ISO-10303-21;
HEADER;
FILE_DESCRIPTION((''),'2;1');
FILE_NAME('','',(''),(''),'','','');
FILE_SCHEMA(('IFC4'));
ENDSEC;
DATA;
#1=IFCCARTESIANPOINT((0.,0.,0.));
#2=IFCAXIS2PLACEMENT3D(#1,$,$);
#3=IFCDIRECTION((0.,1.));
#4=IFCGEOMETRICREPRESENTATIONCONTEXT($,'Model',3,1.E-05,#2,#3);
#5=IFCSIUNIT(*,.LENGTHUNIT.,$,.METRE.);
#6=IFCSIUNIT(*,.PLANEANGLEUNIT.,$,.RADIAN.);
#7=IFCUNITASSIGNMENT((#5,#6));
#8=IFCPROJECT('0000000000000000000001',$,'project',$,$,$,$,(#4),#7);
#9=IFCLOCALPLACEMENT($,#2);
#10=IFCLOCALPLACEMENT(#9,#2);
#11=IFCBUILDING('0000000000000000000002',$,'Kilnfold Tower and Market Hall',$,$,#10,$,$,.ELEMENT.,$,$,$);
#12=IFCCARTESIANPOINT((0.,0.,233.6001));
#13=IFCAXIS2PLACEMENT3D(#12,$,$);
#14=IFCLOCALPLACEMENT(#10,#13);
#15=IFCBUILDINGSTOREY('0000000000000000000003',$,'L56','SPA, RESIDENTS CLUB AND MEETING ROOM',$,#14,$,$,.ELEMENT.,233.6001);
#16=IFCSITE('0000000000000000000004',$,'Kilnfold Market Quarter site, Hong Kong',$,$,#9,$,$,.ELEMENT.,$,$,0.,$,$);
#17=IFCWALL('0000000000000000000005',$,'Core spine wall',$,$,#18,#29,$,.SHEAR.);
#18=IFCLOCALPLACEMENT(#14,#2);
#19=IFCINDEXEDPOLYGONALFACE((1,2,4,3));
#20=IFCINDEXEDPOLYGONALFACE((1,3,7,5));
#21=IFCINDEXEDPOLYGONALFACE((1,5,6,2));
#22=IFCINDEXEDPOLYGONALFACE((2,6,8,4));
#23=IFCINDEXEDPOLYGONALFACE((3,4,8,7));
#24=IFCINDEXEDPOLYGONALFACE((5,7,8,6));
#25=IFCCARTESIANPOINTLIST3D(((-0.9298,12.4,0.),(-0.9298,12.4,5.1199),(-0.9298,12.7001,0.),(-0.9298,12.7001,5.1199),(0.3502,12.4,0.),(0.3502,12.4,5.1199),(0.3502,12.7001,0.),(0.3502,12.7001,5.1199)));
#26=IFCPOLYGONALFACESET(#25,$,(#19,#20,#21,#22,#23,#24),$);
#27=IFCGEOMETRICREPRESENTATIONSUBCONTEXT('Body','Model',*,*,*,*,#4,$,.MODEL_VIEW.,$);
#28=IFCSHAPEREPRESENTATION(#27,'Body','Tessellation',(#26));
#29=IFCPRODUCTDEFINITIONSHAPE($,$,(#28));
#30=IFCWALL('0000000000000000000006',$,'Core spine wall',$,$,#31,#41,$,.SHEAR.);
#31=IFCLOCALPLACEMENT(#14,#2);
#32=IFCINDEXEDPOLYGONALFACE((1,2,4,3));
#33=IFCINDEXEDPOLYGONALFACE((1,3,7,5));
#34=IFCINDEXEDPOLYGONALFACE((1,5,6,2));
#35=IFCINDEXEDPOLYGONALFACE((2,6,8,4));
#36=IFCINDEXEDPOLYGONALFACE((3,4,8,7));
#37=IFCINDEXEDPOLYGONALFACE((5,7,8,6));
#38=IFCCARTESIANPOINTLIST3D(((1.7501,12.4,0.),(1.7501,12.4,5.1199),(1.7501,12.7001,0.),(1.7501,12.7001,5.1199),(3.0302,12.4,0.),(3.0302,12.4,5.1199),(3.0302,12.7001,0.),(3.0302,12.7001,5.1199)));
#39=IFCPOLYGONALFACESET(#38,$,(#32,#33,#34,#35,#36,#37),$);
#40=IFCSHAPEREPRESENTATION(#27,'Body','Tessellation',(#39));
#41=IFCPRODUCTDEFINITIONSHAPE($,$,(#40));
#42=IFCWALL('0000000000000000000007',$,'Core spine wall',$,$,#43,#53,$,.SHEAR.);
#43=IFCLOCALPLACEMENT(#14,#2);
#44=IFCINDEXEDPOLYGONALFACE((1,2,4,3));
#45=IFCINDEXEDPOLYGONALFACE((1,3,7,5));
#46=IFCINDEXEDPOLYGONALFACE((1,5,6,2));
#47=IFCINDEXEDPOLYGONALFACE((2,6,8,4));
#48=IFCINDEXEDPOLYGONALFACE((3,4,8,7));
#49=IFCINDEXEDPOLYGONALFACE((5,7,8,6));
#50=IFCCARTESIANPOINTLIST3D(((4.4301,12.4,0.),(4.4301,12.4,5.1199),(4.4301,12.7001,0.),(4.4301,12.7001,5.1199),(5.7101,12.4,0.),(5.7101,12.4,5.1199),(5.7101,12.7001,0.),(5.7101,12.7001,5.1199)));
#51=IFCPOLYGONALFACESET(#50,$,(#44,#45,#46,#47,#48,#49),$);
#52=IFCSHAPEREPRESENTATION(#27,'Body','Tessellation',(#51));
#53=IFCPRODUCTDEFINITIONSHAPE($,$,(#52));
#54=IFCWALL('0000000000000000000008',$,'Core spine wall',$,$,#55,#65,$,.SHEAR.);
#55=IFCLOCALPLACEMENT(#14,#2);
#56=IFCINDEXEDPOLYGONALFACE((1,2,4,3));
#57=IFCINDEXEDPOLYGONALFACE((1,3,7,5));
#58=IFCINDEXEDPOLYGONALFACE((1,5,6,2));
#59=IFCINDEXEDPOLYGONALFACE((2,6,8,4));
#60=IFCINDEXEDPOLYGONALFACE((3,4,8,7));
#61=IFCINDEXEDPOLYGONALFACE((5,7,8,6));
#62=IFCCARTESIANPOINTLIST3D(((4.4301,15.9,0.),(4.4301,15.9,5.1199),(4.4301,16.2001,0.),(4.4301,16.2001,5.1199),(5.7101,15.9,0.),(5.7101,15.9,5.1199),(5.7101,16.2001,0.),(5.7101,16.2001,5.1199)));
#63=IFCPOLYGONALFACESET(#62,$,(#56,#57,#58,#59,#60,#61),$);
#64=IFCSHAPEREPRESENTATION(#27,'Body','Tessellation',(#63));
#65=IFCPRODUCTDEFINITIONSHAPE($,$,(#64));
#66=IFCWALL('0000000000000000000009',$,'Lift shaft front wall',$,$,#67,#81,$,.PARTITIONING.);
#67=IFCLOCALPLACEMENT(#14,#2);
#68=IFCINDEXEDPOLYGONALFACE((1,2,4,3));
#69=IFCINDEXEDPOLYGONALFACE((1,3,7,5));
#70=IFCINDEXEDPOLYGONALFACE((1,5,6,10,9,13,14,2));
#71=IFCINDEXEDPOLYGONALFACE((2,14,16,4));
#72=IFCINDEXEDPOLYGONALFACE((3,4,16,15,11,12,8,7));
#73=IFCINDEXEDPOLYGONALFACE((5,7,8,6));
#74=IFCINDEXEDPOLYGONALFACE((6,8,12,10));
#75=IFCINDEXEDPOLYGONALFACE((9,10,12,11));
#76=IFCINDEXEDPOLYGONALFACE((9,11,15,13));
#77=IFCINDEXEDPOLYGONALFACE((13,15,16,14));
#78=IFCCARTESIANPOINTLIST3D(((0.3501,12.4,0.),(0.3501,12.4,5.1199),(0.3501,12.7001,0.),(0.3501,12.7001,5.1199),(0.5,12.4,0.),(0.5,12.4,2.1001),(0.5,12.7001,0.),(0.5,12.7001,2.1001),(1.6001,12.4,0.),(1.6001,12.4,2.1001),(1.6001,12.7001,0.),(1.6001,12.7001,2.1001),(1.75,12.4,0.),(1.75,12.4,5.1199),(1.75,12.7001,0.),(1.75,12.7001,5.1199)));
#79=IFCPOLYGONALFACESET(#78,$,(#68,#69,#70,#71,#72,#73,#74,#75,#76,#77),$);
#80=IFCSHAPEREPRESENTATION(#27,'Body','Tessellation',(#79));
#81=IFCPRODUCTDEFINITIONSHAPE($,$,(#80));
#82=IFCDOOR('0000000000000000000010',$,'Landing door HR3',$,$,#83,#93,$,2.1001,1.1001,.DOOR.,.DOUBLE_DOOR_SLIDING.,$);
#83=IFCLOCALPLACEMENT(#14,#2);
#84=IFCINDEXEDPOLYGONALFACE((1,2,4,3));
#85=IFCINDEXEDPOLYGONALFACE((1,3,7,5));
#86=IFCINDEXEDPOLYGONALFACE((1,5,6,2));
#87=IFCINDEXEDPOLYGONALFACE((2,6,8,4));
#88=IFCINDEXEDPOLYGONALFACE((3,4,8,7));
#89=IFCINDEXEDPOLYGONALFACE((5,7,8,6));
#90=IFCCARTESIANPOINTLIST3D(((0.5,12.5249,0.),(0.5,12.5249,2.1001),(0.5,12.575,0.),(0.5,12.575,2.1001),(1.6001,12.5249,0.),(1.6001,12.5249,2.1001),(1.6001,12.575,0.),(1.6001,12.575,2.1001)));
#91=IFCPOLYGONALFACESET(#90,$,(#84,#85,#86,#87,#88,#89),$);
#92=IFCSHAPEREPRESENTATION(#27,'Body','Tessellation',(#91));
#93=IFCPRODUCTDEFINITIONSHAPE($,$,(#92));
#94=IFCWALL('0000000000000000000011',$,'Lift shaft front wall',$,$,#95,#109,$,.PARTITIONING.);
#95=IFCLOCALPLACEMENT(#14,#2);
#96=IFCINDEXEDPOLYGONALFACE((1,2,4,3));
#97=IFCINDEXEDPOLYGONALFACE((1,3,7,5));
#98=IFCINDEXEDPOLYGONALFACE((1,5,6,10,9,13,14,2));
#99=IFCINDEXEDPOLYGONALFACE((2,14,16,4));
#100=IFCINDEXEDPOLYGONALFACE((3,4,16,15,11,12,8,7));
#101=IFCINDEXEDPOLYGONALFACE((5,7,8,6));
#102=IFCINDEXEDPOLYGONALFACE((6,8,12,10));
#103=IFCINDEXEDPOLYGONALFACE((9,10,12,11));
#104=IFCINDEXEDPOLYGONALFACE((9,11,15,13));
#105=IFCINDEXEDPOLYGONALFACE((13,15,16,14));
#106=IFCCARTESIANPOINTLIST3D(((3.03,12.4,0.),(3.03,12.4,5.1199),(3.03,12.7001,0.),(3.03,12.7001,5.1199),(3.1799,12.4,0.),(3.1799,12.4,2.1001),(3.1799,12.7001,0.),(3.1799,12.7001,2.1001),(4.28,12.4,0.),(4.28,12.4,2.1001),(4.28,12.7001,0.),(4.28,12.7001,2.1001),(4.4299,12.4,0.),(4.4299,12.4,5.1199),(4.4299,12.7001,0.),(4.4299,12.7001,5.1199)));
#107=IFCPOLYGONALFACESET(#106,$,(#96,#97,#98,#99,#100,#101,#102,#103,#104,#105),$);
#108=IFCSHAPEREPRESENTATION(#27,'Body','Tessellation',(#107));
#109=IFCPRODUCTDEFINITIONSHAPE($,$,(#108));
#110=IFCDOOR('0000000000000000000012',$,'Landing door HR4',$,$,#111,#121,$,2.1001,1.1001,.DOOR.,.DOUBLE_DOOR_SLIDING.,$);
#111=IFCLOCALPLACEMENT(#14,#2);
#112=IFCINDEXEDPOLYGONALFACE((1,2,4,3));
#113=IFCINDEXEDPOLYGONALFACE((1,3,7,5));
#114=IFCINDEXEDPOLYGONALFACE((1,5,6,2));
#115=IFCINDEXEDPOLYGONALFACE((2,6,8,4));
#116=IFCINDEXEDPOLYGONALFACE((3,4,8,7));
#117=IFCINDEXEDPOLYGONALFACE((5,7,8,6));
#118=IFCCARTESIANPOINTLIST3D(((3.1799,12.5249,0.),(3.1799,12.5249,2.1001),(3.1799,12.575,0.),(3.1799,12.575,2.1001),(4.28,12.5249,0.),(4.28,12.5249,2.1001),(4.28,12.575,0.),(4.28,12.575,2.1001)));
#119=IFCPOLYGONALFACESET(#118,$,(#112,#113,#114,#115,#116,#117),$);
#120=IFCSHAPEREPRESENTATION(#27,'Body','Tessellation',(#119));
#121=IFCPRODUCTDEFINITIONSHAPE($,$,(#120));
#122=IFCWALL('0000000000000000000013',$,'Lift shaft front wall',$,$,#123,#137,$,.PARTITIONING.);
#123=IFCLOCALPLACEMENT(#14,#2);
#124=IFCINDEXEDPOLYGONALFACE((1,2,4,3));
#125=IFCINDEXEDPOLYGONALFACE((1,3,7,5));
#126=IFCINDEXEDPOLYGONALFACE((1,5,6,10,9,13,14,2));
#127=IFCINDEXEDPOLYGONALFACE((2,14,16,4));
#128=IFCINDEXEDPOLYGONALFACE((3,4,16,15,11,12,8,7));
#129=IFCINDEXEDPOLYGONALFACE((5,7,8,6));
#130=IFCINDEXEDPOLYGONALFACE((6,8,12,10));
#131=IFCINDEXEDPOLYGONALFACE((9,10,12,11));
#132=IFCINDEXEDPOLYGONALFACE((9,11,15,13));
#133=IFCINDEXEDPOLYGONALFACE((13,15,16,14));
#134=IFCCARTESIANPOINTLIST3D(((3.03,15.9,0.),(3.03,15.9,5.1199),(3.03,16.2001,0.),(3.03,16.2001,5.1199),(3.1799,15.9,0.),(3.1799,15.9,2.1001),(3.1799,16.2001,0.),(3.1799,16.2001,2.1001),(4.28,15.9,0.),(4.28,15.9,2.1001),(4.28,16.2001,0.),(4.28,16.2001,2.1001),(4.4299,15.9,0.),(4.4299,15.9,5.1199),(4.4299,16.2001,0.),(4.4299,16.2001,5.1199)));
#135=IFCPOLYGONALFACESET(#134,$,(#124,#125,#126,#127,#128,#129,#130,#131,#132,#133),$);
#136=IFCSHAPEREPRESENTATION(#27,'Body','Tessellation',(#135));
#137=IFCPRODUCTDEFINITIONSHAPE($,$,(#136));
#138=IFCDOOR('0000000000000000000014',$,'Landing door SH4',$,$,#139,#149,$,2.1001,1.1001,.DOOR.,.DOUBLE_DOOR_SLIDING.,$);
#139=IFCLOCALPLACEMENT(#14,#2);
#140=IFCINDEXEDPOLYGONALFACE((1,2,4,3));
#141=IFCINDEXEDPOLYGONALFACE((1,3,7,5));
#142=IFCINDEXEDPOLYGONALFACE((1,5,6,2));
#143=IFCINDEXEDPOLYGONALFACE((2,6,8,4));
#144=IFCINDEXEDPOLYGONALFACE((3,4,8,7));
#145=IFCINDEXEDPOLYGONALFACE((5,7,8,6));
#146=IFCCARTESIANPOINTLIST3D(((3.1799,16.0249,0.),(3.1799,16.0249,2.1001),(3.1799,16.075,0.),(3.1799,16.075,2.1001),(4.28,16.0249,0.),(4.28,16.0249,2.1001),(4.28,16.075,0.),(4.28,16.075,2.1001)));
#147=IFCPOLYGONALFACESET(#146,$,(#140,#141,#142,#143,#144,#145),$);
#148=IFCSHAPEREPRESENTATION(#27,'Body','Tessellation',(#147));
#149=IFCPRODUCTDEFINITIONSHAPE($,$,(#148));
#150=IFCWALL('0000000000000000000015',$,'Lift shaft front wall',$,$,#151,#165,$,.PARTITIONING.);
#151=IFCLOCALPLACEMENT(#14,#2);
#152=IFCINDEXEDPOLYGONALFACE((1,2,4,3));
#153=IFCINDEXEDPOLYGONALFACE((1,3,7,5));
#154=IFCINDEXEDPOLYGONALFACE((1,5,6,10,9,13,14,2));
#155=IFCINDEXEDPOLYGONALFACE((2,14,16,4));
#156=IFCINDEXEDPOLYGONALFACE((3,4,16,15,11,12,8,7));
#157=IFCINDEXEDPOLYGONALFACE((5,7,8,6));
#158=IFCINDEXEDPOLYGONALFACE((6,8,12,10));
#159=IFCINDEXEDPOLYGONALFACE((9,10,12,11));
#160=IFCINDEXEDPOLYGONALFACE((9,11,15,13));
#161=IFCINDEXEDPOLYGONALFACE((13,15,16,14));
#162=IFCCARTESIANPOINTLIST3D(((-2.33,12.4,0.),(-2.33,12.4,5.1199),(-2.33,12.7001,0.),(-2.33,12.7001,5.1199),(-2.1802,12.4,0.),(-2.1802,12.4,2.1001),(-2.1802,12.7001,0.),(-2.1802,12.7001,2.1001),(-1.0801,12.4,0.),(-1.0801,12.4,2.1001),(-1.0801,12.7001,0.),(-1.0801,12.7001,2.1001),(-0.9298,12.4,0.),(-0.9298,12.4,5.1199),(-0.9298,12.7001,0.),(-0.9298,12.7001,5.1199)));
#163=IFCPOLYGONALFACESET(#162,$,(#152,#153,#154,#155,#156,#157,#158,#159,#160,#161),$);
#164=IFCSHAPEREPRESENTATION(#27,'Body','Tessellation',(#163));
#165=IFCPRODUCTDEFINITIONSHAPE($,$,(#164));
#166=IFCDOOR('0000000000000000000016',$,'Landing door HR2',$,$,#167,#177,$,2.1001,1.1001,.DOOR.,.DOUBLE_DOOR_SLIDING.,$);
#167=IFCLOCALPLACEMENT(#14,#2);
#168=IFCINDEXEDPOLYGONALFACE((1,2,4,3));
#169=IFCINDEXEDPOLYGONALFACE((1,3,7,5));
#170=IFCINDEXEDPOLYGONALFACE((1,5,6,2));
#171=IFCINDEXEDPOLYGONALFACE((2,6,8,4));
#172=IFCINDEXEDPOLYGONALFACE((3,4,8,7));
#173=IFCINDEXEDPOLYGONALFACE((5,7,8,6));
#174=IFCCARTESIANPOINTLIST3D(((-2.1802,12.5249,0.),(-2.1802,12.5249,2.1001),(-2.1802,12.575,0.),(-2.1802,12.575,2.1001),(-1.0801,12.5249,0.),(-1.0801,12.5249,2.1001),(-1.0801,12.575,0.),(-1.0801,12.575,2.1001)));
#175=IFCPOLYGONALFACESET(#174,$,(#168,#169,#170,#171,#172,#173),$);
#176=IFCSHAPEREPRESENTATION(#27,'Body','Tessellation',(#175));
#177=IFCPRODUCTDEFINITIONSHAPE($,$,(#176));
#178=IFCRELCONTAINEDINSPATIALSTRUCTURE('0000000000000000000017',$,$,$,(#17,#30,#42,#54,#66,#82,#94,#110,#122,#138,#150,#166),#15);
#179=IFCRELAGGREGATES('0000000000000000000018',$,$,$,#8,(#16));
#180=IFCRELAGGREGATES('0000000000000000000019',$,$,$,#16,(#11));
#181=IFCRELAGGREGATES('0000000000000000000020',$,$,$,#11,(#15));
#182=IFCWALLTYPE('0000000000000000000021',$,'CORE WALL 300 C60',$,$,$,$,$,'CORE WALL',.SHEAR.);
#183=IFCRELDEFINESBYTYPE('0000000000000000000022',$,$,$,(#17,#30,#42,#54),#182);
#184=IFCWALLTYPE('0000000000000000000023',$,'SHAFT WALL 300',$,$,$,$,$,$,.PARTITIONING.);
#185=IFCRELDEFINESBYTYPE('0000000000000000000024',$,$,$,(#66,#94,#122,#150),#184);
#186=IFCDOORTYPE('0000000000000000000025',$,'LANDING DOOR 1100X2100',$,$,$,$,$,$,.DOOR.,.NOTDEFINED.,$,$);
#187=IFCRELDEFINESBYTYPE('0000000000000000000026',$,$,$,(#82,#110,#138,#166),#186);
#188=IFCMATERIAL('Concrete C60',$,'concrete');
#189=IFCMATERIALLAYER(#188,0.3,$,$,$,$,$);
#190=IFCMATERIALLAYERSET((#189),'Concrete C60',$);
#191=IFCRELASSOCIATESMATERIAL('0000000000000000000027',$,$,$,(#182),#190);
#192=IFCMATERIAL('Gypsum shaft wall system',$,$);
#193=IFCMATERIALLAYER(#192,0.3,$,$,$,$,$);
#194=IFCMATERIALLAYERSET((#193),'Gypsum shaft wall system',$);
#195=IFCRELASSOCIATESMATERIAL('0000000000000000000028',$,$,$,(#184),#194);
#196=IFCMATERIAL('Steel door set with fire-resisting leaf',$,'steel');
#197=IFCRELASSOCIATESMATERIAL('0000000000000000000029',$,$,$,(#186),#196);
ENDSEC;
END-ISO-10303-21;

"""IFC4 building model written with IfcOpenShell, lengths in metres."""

from ifc_helpers import new_model, si_unit, direction, frame, frame_2d, origin, place, context, subcontext, project, spatial, rectangle, extrude, source, transform, mapped, material, layer, layer_set, type_object, element, fill, save


model = new_model("IFC4")

# Units and contexts
model_context = context("Model", 3, precision=1e-05, world=origin(), true_north=direction((0.0, 1.0)))
body_context = subcontext(model_context, "Body", "Model", "MODEL_VIEW")
ifc_project = project(units=[si_unit("LENGTHUNIT", "METRE"), si_unit("PLANEANGLEUNIT", "RADIAN")], contexts=[model_context])

# Site, building, storey
site_placement = place(None, origin())
site = spatial("IfcSite", under=ifc_project, at=site_placement, Name="Kilnfold Market Quarter site, Hong Kong", CompositionType="ELEMENT", RefElevation=0.0)
building_placement = place(site_placement, origin())
building = spatial("IfcBuilding", under=site, at=building_placement, Name="Kilnfold Tower and Market Hall", CompositionType="ELEMENT")
storey_placement = place(building_placement, frame((0.0, 0.0, 233.6001)))
storey = spatial("IfcBuildingStorey", under=building, at=storey_placement, Name="L56", Description="SPA, RESIDENTS CLUB AND MEETING ROOM", CompositionType="ELEMENT", Elevation=233.6001)

# Walls
ifc_material_1 = material(Name="Concrete C60", Category="concrete")
ifc_layer_1 = layer(ifc_material_1, 0.3)
ifc_layer_set_1 = layer_set([ifc_layer_1], Name="Concrete C60")
wall_type_1 = type_object("IfcWallType", Name="CORE WALL 300 C60", ElementType="CORE WALL", PredefinedType="SHEAR", material=ifc_layer_set_1)
shared_shape_1 = source(origin(), body_context, "Body", "SweptSolid", [
    extrude(rectangle(XDim=1.28, YDim=0.3, at=frame_2d((0.6401, 0.0))), origin(), (0.0, 0.0, 1.0), 5.1199),
])
for number, where, z_axis, x_axis, name in (
    (1, (-0.9299, 12.55, 0.0), (0.0, 0.0, 1.0), (1.0, 0.0, 0.0), "Core spine wall"),
    (2, (1.75, 12.55, 0.0), (0.0, 0.0, 1.0), (1.0, 0.0, 0.0), "Core spine wall"),
    (3, (4.4299, 12.55, 0.0), (0.0, 0.0, 1.0), (1.0, 0.0, 0.0), "Core spine wall"),
    (4, (4.4299, 16.05, 0.0), (0.0, 0.0, 1.0), (1.0, 0.0, 0.0), "Core spine wall"),
):
    element("IfcWall", number, at=place(storey_placement, frame(where, z_axis=z_axis, x_axis=x_axis)), inside=storey, type_object=wall_type_1, Name=name, PredefinedType="SHEAR", context=body_context, shape_type="MappedRepresentation", body=[
        mapped(shared_shape_1, transform((0.0, 0.0, 0.0))),
    ])

# Walls, openings, doors
ifc_material_2 = material(Name="Gypsum shaft wall system")
ifc_layer_2 = layer(ifc_material_2, 0.3)
ifc_layer_set_2 = layer_set([ifc_layer_2], Name="Gypsum shaft wall system")
wall_type_2 = type_object("IfcWallType", Name="SHAFT WALL 300", PredefinedType="PARTITIONING", material=ifc_layer_set_2)
shared_shape_2 = source(origin(), body_context, "Body", "SweptSolid", [
    extrude(rectangle(XDim=1.3999, YDim=0.3, at=frame_2d((0.7, 0.0))), origin(), (0.0, 0.0, 1.0), 5.1199),
])
wall_1_placement = place(storey_placement, frame((0.3501, 12.55, 0.0), z_axis=(0.0, 0.0, 1.0), x_axis=(1.0, 0.0, 0.0)))
wall_1 = element("IfcWall", 5, at=wall_1_placement, inside=storey, type_object=wall_type_2, Name="Lift shaft front wall", PredefinedType="PARTITIONING", context=body_context, shape_type="MappedRepresentation", body=[
    mapped(shared_shape_2, transform((0.0, 0.0, 0.0))),
])
opening_1_placement = place(wall_1_placement, frame((0.1499, 0.0, 0.0)))
opening_1 = element("IfcOpeningElement", 6, at=opening_1_placement, cuts=wall_1, PredefinedType="OPENING", context=body_context, shape_type="SweptSolid", body=[
    extrude(rectangle(XDim=1.1001, YDim=2.1001, at=frame_2d((0.55, 1.05))), frame((0.0, 0.1602, 0.0), z_axis=(0.0, -1.0, 0.0), x_axis=(1.0, 0.0, 0.0)), (0.0, 0.0, 1.0), 0.3201),
])
ifc_material_3 = material(Name="Steel door set with fire-resisting leaf", Category="steel")
door_type = type_object("IfcDoorType", Name="LANDING DOOR 1100X2100", OperationType="NOTDEFINED", PredefinedType="DOOR", material=ifc_material_3)
door_1_placement = place(opening_1_placement, origin())
door_1 = element("IfcDoor", 7, at=door_1_placement, inside=storey, type_object=door_type, Name="Landing door HR3", OperationType="DOUBLE_DOOR_SLIDING", OverallHeight=2.1001, OverallWidth=1.1001, PredefinedType="DOOR", context=body_context, shape_type="SweptSolid", body=[
    extrude(rectangle(XDim=1.1001, YDim=2.1001, at=frame_2d((0.55, 1.05))), frame((0.0, 0.0249, 0.0), z_axis=(0.0, -1.0, 0.0), x_axis=(1.0, 0.0, 0.0)), (0.0, 0.0, 1.0), 0.05),
])
fill(opening_1, door_1)
wall_2_placement = place(storey_placement, frame((3.03, 12.55, 0.0), z_axis=(0.0, 0.0, 1.0), x_axis=(1.0, 0.0, 0.0)))
wall_2 = element("IfcWall", 8, at=wall_2_placement, inside=storey, type_object=wall_type_2, Name="Lift shaft front wall", PredefinedType="PARTITIONING", context=body_context, shape_type="MappedRepresentation", body=[
    mapped(shared_shape_2, transform((0.0, 0.0, 0.0))),
])
opening_2_placement = place(wall_2_placement, frame((0.1499, 0.0, 0.0)))
opening_2 = element("IfcOpeningElement", 9, at=opening_2_placement, cuts=wall_2, PredefinedType="OPENING", context=body_context, shape_type="SweptSolid", body=[
    extrude(rectangle(XDim=1.1001, YDim=2.1001, at=frame_2d((0.55, 1.05))), frame((0.0, 0.1602, 0.0), z_axis=(0.0, -1.0, 0.0), x_axis=(1.0, 0.0, 0.0)), (0.0, 0.0, 1.0), 0.3201),
])
door_2_placement = place(opening_2_placement, origin())
door_2 = element("IfcDoor", 10, at=door_2_placement, inside=storey, type_object=door_type, Name="Landing door HR4", OperationType="DOUBLE_DOOR_SLIDING", OverallHeight=2.1001, OverallWidth=1.1001, PredefinedType="DOOR", context=body_context, shape_type="SweptSolid", body=[
    extrude(rectangle(XDim=1.1001, YDim=2.1001, at=frame_2d((0.55, 1.05))), frame((0.0, 0.0249, 0.0), z_axis=(0.0, -1.0, 0.0), x_axis=(1.0, 0.0, 0.0)), (0.0, 0.0, 1.0), 0.05),
])
fill(opening_2, door_2)
wall_3_placement = place(storey_placement, frame((3.03, 16.05, 0.0), z_axis=(0.0, 0.0, 1.0), x_axis=(1.0, 0.0, 0.0)))
wall_3 = element("IfcWall", 11, at=wall_3_placement, inside=storey, type_object=wall_type_2, Name="Lift shaft front wall", PredefinedType="PARTITIONING", context=body_context, shape_type="MappedRepresentation", body=[
    mapped(shared_shape_2, transform((0.0, 0.0, 0.0))),
])
opening_3_placement = place(wall_3_placement, frame((0.1499, 0.0, 0.0)))
opening_3 = element("IfcOpeningElement", 12, at=opening_3_placement, cuts=wall_3, PredefinedType="OPENING", context=body_context, shape_type="SweptSolid", body=[
    extrude(rectangle(XDim=1.1001, YDim=2.1001, at=frame_2d((0.55, 1.05))), frame((0.0, 0.1602, 0.0), z_axis=(0.0, -1.0, 0.0), x_axis=(1.0, 0.0, 0.0)), (0.0, 0.0, 1.0), 0.3201),
])
door_3_placement = place(opening_3_placement, origin())
door_3 = element("IfcDoor", 13, at=door_3_placement, inside=storey, type_object=door_type, Name="Landing door SH4", OperationType="DOUBLE_DOOR_SLIDING", OverallHeight=2.1001, OverallWidth=1.1001, PredefinedType="DOOR", context=body_context, shape_type="SweptSolid", body=[
    extrude(rectangle(XDim=1.1001, YDim=2.1001, at=frame_2d((0.55, 1.05))), frame((0.0, 0.0249, 0.0), z_axis=(0.0, -1.0, 0.0), x_axis=(1.0, 0.0, 0.0)), (0.0, 0.0, 1.0), 0.05),
])
fill(opening_3, door_3)
shared_shape_3 = source(origin(), body_context, "Body", "SweptSolid", [
    extrude(rectangle(XDim=1.4001, YDim=0.3, at=frame_2d((0.7002, 0.0))), origin(), (0.0, 0.0, 1.0), 5.1199),
])
wall_4_placement = place(storey_placement, frame((-2.3301, 12.55, 0.0), z_axis=(0.0, 0.0, 1.0), x_axis=(1.0, 0.0, 0.0)))
wall_4 = element("IfcWall", 14, at=wall_4_placement, inside=storey, type_object=wall_type_2, Name="Lift shaft front wall", PredefinedType="PARTITIONING", context=body_context, shape_type="MappedRepresentation", body=[
    mapped(shared_shape_3, transform((0.0, 0.0, 0.0))),
])
opening_4_placement = place(wall_4_placement, frame((0.1499, 0.0, 0.0)))
opening_4 = element("IfcOpeningElement", 15, at=opening_4_placement, cuts=wall_4, PredefinedType="OPENING", context=body_context, shape_type="SweptSolid", body=[
    extrude(rectangle(XDim=1.1001, YDim=2.1001, at=frame_2d((0.55, 1.05))), frame((0.0, 0.1602, 0.0), z_axis=(0.0, -1.0, 0.0), x_axis=(1.0, 0.0, 0.0)), (0.0, 0.0, 1.0), 0.3201),
])
door_4_placement = place(opening_4_placement, origin())
door_4 = element("IfcDoor", 16, at=door_4_placement, inside=storey, type_object=door_type, Name="Landing door HR2", OperationType="DOUBLE_DOOR_SLIDING", OverallHeight=2.1001, OverallWidth=1.1001, PredefinedType="DOOR", context=body_context, shape_type="SweptSolid", body=[
    extrude(rectangle(XDim=1.1001, YDim=2.1001, at=frame_2d((0.55, 1.05))), frame((0.0, 0.0249, 0.0), z_axis=(0.0, -1.0, 0.0), x_axis=(1.0, 0.0, 0.0)), (0.0, 0.0, 1.0), 0.05),
])
fill(opening_4, door_4)

save(model, "model.ifc")
